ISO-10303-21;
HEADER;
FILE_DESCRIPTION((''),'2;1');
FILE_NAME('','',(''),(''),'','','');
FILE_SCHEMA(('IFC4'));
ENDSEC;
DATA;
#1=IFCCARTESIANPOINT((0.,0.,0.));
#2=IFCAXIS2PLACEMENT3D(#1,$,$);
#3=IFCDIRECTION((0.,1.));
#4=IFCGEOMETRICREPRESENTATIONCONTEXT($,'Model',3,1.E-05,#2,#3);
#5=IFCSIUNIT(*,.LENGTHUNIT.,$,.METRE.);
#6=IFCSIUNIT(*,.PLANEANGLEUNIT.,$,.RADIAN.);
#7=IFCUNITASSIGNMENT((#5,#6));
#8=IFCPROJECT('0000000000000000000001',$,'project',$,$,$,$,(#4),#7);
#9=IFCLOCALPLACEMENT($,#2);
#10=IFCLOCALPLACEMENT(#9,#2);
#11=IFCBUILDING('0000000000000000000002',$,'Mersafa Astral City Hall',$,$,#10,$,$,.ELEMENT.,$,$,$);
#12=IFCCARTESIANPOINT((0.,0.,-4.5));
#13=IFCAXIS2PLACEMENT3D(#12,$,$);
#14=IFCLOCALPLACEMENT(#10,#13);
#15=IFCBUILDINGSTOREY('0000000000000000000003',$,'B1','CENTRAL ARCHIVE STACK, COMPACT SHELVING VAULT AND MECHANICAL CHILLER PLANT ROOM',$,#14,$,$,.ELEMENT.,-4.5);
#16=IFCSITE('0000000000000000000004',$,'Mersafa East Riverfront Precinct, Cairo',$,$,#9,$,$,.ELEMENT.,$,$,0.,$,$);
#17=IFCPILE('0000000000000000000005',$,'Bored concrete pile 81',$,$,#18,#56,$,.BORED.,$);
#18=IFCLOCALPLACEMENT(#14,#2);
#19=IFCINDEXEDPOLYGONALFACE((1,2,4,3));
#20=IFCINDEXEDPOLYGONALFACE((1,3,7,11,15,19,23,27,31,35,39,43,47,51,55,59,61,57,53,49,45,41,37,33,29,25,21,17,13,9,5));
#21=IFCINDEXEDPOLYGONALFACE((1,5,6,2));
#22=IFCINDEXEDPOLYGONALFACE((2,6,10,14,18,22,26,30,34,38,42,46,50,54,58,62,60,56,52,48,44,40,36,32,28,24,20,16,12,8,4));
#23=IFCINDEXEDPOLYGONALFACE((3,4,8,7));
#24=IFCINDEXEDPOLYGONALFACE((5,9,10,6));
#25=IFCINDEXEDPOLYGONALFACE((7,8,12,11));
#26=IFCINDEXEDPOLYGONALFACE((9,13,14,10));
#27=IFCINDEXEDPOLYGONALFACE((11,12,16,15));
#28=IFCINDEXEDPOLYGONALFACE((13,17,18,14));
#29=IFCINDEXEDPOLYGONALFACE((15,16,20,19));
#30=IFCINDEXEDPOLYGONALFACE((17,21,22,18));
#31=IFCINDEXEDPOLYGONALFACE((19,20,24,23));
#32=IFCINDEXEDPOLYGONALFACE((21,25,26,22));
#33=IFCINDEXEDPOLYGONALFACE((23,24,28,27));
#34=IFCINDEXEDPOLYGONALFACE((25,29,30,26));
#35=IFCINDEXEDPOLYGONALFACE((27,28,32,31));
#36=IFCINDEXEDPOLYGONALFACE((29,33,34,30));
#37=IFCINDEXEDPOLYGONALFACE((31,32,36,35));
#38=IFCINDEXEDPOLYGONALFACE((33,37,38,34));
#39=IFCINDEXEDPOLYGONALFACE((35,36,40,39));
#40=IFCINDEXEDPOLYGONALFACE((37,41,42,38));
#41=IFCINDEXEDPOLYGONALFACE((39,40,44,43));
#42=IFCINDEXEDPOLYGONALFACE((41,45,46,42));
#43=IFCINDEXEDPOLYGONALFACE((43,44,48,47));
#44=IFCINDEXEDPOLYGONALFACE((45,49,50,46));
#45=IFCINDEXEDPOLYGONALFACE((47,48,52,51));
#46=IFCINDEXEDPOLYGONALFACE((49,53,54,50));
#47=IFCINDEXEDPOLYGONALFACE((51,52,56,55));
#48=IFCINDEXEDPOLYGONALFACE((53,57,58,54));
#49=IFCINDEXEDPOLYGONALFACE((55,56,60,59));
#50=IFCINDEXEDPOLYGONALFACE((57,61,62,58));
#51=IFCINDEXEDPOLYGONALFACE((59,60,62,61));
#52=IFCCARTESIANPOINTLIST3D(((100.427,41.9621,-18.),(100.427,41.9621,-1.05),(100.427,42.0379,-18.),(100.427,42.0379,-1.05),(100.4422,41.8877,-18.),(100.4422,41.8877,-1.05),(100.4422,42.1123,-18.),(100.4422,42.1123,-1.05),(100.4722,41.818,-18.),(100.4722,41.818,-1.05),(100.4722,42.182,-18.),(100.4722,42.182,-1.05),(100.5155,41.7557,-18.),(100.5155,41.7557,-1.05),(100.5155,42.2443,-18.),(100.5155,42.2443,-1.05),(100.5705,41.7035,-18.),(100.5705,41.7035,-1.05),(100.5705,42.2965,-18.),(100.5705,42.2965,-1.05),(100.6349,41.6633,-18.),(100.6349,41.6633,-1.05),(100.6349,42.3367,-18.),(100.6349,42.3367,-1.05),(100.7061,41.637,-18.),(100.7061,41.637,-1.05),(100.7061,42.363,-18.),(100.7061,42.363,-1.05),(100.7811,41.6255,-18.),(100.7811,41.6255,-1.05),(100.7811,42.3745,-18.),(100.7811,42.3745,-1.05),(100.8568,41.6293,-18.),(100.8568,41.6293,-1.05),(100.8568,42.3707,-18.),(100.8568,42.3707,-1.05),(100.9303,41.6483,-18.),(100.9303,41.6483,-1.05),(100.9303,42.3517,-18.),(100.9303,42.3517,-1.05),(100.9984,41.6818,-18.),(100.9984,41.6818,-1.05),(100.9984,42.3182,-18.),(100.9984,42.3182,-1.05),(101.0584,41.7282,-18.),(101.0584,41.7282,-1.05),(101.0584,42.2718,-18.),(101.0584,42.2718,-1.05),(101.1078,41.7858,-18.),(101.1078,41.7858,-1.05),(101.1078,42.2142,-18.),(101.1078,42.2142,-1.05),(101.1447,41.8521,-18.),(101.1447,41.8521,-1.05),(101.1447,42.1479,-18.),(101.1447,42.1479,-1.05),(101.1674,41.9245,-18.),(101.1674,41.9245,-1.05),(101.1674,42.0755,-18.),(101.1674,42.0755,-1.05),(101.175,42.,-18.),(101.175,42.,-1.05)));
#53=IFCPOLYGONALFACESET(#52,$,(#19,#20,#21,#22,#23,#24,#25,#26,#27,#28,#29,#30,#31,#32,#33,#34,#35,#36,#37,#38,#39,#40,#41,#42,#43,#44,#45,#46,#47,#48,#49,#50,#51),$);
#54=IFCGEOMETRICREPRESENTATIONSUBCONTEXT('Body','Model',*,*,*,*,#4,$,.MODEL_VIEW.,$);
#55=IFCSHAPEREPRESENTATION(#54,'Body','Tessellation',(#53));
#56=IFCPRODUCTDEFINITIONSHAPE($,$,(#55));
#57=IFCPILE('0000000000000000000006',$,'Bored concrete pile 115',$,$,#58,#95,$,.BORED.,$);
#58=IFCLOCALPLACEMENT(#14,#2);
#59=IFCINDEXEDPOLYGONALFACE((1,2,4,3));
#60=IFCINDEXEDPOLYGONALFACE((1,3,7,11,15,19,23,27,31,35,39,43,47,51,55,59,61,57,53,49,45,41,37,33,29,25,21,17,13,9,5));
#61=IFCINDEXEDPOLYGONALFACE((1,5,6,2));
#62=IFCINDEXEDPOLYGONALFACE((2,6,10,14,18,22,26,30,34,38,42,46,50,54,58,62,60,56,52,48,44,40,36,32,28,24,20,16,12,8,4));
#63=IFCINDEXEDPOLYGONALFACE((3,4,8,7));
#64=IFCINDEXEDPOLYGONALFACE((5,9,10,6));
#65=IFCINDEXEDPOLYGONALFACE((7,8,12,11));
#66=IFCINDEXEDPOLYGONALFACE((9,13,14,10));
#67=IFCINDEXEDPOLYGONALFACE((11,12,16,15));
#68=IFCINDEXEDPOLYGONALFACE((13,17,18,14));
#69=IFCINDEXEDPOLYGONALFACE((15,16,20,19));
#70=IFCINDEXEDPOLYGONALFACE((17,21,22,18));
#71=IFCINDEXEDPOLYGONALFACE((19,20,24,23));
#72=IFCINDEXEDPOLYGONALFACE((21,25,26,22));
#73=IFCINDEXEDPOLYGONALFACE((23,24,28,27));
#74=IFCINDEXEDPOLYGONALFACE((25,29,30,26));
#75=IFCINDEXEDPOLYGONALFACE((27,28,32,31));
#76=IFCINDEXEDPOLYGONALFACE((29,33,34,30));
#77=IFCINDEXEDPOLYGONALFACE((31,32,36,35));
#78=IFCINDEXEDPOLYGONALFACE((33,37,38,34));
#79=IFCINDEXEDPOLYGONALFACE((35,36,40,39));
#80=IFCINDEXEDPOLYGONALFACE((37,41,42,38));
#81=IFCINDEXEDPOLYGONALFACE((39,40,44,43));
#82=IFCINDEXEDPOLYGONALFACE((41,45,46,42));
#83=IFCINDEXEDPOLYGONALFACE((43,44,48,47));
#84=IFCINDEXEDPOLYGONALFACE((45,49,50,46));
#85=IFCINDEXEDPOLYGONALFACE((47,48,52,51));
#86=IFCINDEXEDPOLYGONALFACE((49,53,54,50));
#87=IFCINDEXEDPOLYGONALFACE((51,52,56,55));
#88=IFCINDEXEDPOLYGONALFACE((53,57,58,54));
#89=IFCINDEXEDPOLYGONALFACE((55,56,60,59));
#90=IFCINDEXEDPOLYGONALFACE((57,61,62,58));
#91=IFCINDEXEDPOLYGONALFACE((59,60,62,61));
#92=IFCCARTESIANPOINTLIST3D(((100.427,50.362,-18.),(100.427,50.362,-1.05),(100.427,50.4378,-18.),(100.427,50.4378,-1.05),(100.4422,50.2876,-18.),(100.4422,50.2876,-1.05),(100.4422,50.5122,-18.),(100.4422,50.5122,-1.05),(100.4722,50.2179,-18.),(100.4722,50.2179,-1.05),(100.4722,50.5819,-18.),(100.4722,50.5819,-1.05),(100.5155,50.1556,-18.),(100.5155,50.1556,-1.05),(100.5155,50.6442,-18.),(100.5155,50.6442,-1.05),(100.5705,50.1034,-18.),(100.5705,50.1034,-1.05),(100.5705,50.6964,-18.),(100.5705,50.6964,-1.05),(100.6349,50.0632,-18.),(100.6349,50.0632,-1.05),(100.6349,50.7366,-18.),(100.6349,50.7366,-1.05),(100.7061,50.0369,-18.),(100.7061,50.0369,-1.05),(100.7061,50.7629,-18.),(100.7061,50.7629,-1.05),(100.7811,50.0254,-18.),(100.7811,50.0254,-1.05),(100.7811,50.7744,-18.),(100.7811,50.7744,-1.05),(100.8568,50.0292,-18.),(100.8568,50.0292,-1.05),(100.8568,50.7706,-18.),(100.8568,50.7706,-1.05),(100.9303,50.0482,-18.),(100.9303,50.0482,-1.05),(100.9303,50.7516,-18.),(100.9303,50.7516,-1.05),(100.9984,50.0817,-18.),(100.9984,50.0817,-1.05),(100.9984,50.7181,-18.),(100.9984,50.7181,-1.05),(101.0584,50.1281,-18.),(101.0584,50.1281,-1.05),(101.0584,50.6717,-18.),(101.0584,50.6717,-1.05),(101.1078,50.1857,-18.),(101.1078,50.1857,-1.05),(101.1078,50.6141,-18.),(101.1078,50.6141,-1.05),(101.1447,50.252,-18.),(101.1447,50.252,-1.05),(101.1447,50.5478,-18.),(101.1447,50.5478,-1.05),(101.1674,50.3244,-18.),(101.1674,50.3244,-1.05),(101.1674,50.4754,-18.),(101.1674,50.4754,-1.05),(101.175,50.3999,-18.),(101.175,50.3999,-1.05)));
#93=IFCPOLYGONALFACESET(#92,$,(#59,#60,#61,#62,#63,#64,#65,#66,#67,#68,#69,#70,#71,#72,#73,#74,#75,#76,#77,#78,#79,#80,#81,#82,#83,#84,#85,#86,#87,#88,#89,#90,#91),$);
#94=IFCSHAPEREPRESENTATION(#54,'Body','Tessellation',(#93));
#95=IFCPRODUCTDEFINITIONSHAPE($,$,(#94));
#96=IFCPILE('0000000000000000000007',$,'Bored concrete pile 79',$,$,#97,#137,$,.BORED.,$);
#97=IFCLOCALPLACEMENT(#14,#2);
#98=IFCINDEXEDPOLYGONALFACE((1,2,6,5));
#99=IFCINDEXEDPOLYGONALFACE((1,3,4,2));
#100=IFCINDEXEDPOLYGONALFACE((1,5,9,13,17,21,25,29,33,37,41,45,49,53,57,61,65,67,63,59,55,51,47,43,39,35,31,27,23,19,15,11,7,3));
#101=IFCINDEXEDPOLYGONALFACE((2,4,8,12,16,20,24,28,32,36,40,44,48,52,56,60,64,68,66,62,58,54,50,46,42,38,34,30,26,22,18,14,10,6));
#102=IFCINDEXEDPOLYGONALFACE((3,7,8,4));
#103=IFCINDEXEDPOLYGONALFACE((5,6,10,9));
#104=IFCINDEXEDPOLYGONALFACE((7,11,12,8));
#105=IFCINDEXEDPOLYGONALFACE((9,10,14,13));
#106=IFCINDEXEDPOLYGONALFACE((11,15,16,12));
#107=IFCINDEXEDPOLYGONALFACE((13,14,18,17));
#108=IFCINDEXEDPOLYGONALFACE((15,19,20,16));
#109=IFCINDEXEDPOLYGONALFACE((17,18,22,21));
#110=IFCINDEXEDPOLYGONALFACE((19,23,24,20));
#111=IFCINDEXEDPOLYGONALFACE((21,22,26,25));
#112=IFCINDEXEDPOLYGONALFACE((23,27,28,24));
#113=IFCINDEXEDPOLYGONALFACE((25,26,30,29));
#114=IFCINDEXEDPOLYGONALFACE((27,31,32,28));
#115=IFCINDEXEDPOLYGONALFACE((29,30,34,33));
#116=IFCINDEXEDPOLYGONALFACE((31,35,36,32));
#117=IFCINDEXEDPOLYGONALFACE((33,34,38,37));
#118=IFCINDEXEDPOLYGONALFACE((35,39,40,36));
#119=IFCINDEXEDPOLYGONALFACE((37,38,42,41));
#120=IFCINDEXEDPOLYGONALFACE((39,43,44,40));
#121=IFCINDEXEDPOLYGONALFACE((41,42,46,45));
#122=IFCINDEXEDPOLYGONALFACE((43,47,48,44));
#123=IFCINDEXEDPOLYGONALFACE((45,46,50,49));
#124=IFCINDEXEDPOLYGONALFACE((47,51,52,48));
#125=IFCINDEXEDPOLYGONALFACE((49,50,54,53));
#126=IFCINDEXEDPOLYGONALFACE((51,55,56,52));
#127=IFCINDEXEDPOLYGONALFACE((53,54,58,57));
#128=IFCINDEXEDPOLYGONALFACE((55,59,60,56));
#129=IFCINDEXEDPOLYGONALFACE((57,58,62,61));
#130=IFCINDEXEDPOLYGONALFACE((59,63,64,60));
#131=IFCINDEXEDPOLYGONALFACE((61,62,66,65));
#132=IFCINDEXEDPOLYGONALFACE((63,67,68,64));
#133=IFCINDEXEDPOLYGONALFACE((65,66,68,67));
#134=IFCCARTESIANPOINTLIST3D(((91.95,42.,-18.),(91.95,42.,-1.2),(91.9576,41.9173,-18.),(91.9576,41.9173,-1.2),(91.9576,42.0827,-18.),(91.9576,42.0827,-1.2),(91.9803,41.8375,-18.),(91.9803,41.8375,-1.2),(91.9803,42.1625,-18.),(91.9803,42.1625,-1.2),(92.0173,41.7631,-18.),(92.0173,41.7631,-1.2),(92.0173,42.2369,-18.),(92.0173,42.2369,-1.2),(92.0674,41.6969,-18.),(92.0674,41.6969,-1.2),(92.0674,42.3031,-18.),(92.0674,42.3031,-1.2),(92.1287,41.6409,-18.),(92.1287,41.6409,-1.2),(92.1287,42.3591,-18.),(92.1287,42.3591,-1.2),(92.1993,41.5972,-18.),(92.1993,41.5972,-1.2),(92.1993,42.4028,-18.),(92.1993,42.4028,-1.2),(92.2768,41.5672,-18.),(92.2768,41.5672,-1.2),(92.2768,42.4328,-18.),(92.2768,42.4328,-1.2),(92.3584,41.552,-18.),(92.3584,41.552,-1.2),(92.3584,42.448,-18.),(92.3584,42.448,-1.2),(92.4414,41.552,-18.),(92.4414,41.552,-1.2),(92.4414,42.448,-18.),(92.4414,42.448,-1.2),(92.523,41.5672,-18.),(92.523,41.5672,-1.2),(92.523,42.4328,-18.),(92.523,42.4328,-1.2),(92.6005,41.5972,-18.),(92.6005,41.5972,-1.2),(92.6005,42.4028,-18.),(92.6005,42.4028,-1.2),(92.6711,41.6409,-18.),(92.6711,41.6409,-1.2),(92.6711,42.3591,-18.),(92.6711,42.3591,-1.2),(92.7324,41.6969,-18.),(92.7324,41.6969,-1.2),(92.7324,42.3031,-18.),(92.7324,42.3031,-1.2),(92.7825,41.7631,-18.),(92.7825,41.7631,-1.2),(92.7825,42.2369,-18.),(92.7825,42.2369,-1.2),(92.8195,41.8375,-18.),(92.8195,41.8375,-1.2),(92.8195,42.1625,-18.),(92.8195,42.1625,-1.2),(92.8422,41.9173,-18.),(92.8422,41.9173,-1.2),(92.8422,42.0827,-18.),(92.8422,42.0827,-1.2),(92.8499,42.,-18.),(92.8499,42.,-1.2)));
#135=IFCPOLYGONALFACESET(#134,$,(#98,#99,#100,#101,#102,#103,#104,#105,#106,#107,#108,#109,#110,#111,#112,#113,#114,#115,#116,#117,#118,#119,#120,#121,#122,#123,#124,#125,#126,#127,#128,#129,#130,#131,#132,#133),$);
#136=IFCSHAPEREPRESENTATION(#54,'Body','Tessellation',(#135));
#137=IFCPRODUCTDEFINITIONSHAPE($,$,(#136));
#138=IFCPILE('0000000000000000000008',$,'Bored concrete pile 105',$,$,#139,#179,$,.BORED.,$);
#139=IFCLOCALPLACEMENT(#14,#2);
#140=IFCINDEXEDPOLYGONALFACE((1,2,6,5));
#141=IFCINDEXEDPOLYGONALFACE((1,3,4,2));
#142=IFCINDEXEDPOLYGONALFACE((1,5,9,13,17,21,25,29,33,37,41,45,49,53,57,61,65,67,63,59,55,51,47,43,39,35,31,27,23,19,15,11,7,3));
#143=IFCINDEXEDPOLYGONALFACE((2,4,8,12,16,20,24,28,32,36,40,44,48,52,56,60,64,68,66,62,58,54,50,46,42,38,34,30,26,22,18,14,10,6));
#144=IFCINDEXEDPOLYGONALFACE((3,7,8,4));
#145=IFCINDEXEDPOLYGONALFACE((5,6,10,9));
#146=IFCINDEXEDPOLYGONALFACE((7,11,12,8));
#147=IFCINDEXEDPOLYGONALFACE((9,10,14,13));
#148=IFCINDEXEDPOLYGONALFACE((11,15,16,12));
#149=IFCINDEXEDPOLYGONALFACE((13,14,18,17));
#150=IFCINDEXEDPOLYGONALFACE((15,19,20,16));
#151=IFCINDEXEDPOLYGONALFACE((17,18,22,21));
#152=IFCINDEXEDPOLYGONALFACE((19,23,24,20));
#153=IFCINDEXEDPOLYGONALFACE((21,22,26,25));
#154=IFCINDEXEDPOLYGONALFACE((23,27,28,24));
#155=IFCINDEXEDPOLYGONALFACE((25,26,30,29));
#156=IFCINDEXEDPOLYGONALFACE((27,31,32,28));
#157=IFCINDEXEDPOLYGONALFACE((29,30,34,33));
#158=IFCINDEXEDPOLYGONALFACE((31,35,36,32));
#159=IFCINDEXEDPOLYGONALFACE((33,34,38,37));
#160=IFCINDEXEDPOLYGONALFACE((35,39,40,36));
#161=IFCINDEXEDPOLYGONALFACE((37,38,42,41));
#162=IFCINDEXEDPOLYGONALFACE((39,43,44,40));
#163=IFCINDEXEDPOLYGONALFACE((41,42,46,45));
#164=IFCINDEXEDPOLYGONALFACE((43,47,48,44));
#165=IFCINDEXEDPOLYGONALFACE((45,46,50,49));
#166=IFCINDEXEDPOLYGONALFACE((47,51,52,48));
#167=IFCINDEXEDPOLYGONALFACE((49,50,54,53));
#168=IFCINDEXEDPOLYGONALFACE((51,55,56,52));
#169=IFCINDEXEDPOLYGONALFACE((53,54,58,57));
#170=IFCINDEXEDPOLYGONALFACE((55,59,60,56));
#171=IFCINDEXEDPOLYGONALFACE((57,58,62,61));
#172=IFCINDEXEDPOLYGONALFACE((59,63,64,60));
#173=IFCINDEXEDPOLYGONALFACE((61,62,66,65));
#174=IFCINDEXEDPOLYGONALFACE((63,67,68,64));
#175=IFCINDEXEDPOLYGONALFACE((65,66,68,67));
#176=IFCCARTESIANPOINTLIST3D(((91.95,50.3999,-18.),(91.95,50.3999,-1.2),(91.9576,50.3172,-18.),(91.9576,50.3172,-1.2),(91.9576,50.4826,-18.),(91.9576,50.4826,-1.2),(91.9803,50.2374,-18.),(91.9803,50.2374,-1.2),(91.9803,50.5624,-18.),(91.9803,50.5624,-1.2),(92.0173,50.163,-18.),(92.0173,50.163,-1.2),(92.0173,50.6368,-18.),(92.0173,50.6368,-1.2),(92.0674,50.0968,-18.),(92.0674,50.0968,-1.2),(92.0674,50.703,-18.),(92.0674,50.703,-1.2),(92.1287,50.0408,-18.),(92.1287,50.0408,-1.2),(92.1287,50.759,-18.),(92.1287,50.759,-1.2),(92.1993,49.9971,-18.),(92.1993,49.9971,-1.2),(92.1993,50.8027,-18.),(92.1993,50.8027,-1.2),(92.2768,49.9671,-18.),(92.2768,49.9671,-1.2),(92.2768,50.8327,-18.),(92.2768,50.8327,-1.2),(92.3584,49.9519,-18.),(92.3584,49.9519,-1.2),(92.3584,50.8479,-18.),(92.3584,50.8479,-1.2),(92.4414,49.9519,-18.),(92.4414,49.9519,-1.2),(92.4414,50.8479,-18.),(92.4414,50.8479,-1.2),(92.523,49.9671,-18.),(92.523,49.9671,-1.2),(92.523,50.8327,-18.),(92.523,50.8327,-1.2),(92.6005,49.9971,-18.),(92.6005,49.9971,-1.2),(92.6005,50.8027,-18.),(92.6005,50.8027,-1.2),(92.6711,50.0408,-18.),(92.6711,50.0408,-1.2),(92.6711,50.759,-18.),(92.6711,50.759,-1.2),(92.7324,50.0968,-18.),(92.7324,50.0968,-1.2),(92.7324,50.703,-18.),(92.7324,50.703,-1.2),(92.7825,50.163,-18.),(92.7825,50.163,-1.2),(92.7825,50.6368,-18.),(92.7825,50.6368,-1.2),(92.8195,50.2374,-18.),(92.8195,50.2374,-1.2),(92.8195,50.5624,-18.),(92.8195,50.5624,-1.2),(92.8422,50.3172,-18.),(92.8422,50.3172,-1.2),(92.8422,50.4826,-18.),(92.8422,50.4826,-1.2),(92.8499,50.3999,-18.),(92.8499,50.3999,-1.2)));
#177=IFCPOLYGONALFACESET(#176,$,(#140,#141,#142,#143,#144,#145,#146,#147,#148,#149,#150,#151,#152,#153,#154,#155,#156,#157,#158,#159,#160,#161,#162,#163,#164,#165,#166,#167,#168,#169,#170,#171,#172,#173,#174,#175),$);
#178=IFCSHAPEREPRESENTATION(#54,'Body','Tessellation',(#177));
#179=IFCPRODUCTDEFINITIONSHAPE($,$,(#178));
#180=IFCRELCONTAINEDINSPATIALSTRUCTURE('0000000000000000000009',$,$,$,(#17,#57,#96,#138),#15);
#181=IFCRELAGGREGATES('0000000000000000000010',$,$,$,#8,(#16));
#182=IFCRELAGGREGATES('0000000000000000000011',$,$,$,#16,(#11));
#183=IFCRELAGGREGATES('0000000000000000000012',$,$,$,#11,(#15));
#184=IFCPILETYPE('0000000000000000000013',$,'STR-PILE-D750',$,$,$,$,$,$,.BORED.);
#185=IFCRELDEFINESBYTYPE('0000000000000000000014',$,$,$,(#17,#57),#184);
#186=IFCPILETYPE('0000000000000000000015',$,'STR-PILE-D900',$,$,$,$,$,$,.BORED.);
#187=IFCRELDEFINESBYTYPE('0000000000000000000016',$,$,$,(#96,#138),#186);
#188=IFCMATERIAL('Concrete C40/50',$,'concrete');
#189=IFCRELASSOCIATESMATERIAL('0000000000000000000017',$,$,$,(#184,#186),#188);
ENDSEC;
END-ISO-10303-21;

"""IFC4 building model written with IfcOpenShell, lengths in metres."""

from ifc_helpers import new_model, si_unit, direction, frame, origin, origin_2d, place, context, subcontext, project, spatial, circle, extrude, material, material_profile, profile_set, type_object, element, save


model = new_model("IFC4")

# Units and contexts
model_context = context("Model", 3, precision=1e-05, world=origin(), true_north=direction((0.0, 1.0)))
body_context = subcontext(model_context, "Body", "Model", "MODEL_VIEW")
ifc_project = project(units=[si_unit("LENGTHUNIT", "METRE"), si_unit("PLANEANGLEUNIT", "RADIAN")], contexts=[model_context])

# Site, building, storey
site_placement = place(None, origin())
site = spatial("IfcSite", under=ifc_project, at=site_placement, Name="Mersafa East Riverfront Precinct, Cairo", CompositionType="ELEMENT", RefElevation=0.0)
building_placement = place(site_placement, origin())
building = spatial("IfcBuilding", under=site, at=building_placement, Name="Mersafa Astral City Hall", CompositionType="ELEMENT")
storey_placement = place(building_placement, frame((0.0, 0.0, -4.5)))
storey = spatial("IfcBuildingStorey", under=building, at=storey_placement, Name="B1", Description="CENTRAL ARCHIVE STACK, COMPACT SHELVING VAULT AND MECHANICAL CHILLER PLANT ROOM", CompositionType="ELEMENT", Elevation=-4.5)

# Shared definitions
ifc_material_1 = material(Name="Concrete C40/50", Category="concrete")

# Piles
ifc_material_profile_1 = material_profile(ifc_material_1, circle(Radius=0.375, at=origin_2d()), Name="PILE D750")
ifc_profile_set_1 = profile_set([ifc_material_profile_1], Name="Concrete C40/50")
pile_type_1 = type_object("IfcPileType", Name="STR-PILE-D750", PredefinedType="BORED", material=ifc_profile_set_1)
for number, where, z_axis, x_axis, name in (
    (1, (100.8, 42.0, -1.05), (0.0, 0.0, -1.0), (1.0, 0.0, 0.0), "Bored concrete pile 81"),
    (2, (100.8, 50.3999, -1.05), (0.0, 0.0, -1.0), (1.0, 0.0, 0.0), "Bored concrete pile 115"),
):
    element("IfcPile", number, at=place(storey_placement, frame(where, z_axis=z_axis, x_axis=x_axis)), inside=storey, type_object=pile_type_1, Name=name, PredefinedType="BORED", context=body_context, shape_type="SweptSolid", body=[
        extrude(circle(Radius=0.375, at=origin_2d()), origin(), (0.0, 0.0, 1.0), 16.95),
    ])
ifc_material_profile_2 = material_profile(ifc_material_1, circle(Radius=0.45, at=origin_2d()), Name="PILE D900")
ifc_profile_set_2 = profile_set([ifc_material_profile_2], Name="Concrete C40/50")
pile_type_2 = type_object("IfcPileType", Name="STR-PILE-D900", PredefinedType="BORED", material=ifc_profile_set_2)
for number, where, z_axis, x_axis, name in (
    (3, (92.3999, 42.0, -1.2), (0.0, 0.0, -1.0), (1.0, 0.0, 0.0), "Bored concrete pile 79"),
    (4, (92.3999, 50.3999, -1.2), (0.0, 0.0, -1.0), (1.0, 0.0, 0.0), "Bored concrete pile 105"),
):
    element("IfcPile", number, at=place(storey_placement, frame(where, z_axis=z_axis, x_axis=x_axis)), inside=storey, type_object=pile_type_2, Name=name, PredefinedType="BORED", context=body_context, shape_type="SweptSolid", body=[
        extrude(circle(Radius=0.45, at=origin_2d()), origin(), (0.0, 0.0, 1.0), 16.8),
    ])

save(model, "model.ifc")
